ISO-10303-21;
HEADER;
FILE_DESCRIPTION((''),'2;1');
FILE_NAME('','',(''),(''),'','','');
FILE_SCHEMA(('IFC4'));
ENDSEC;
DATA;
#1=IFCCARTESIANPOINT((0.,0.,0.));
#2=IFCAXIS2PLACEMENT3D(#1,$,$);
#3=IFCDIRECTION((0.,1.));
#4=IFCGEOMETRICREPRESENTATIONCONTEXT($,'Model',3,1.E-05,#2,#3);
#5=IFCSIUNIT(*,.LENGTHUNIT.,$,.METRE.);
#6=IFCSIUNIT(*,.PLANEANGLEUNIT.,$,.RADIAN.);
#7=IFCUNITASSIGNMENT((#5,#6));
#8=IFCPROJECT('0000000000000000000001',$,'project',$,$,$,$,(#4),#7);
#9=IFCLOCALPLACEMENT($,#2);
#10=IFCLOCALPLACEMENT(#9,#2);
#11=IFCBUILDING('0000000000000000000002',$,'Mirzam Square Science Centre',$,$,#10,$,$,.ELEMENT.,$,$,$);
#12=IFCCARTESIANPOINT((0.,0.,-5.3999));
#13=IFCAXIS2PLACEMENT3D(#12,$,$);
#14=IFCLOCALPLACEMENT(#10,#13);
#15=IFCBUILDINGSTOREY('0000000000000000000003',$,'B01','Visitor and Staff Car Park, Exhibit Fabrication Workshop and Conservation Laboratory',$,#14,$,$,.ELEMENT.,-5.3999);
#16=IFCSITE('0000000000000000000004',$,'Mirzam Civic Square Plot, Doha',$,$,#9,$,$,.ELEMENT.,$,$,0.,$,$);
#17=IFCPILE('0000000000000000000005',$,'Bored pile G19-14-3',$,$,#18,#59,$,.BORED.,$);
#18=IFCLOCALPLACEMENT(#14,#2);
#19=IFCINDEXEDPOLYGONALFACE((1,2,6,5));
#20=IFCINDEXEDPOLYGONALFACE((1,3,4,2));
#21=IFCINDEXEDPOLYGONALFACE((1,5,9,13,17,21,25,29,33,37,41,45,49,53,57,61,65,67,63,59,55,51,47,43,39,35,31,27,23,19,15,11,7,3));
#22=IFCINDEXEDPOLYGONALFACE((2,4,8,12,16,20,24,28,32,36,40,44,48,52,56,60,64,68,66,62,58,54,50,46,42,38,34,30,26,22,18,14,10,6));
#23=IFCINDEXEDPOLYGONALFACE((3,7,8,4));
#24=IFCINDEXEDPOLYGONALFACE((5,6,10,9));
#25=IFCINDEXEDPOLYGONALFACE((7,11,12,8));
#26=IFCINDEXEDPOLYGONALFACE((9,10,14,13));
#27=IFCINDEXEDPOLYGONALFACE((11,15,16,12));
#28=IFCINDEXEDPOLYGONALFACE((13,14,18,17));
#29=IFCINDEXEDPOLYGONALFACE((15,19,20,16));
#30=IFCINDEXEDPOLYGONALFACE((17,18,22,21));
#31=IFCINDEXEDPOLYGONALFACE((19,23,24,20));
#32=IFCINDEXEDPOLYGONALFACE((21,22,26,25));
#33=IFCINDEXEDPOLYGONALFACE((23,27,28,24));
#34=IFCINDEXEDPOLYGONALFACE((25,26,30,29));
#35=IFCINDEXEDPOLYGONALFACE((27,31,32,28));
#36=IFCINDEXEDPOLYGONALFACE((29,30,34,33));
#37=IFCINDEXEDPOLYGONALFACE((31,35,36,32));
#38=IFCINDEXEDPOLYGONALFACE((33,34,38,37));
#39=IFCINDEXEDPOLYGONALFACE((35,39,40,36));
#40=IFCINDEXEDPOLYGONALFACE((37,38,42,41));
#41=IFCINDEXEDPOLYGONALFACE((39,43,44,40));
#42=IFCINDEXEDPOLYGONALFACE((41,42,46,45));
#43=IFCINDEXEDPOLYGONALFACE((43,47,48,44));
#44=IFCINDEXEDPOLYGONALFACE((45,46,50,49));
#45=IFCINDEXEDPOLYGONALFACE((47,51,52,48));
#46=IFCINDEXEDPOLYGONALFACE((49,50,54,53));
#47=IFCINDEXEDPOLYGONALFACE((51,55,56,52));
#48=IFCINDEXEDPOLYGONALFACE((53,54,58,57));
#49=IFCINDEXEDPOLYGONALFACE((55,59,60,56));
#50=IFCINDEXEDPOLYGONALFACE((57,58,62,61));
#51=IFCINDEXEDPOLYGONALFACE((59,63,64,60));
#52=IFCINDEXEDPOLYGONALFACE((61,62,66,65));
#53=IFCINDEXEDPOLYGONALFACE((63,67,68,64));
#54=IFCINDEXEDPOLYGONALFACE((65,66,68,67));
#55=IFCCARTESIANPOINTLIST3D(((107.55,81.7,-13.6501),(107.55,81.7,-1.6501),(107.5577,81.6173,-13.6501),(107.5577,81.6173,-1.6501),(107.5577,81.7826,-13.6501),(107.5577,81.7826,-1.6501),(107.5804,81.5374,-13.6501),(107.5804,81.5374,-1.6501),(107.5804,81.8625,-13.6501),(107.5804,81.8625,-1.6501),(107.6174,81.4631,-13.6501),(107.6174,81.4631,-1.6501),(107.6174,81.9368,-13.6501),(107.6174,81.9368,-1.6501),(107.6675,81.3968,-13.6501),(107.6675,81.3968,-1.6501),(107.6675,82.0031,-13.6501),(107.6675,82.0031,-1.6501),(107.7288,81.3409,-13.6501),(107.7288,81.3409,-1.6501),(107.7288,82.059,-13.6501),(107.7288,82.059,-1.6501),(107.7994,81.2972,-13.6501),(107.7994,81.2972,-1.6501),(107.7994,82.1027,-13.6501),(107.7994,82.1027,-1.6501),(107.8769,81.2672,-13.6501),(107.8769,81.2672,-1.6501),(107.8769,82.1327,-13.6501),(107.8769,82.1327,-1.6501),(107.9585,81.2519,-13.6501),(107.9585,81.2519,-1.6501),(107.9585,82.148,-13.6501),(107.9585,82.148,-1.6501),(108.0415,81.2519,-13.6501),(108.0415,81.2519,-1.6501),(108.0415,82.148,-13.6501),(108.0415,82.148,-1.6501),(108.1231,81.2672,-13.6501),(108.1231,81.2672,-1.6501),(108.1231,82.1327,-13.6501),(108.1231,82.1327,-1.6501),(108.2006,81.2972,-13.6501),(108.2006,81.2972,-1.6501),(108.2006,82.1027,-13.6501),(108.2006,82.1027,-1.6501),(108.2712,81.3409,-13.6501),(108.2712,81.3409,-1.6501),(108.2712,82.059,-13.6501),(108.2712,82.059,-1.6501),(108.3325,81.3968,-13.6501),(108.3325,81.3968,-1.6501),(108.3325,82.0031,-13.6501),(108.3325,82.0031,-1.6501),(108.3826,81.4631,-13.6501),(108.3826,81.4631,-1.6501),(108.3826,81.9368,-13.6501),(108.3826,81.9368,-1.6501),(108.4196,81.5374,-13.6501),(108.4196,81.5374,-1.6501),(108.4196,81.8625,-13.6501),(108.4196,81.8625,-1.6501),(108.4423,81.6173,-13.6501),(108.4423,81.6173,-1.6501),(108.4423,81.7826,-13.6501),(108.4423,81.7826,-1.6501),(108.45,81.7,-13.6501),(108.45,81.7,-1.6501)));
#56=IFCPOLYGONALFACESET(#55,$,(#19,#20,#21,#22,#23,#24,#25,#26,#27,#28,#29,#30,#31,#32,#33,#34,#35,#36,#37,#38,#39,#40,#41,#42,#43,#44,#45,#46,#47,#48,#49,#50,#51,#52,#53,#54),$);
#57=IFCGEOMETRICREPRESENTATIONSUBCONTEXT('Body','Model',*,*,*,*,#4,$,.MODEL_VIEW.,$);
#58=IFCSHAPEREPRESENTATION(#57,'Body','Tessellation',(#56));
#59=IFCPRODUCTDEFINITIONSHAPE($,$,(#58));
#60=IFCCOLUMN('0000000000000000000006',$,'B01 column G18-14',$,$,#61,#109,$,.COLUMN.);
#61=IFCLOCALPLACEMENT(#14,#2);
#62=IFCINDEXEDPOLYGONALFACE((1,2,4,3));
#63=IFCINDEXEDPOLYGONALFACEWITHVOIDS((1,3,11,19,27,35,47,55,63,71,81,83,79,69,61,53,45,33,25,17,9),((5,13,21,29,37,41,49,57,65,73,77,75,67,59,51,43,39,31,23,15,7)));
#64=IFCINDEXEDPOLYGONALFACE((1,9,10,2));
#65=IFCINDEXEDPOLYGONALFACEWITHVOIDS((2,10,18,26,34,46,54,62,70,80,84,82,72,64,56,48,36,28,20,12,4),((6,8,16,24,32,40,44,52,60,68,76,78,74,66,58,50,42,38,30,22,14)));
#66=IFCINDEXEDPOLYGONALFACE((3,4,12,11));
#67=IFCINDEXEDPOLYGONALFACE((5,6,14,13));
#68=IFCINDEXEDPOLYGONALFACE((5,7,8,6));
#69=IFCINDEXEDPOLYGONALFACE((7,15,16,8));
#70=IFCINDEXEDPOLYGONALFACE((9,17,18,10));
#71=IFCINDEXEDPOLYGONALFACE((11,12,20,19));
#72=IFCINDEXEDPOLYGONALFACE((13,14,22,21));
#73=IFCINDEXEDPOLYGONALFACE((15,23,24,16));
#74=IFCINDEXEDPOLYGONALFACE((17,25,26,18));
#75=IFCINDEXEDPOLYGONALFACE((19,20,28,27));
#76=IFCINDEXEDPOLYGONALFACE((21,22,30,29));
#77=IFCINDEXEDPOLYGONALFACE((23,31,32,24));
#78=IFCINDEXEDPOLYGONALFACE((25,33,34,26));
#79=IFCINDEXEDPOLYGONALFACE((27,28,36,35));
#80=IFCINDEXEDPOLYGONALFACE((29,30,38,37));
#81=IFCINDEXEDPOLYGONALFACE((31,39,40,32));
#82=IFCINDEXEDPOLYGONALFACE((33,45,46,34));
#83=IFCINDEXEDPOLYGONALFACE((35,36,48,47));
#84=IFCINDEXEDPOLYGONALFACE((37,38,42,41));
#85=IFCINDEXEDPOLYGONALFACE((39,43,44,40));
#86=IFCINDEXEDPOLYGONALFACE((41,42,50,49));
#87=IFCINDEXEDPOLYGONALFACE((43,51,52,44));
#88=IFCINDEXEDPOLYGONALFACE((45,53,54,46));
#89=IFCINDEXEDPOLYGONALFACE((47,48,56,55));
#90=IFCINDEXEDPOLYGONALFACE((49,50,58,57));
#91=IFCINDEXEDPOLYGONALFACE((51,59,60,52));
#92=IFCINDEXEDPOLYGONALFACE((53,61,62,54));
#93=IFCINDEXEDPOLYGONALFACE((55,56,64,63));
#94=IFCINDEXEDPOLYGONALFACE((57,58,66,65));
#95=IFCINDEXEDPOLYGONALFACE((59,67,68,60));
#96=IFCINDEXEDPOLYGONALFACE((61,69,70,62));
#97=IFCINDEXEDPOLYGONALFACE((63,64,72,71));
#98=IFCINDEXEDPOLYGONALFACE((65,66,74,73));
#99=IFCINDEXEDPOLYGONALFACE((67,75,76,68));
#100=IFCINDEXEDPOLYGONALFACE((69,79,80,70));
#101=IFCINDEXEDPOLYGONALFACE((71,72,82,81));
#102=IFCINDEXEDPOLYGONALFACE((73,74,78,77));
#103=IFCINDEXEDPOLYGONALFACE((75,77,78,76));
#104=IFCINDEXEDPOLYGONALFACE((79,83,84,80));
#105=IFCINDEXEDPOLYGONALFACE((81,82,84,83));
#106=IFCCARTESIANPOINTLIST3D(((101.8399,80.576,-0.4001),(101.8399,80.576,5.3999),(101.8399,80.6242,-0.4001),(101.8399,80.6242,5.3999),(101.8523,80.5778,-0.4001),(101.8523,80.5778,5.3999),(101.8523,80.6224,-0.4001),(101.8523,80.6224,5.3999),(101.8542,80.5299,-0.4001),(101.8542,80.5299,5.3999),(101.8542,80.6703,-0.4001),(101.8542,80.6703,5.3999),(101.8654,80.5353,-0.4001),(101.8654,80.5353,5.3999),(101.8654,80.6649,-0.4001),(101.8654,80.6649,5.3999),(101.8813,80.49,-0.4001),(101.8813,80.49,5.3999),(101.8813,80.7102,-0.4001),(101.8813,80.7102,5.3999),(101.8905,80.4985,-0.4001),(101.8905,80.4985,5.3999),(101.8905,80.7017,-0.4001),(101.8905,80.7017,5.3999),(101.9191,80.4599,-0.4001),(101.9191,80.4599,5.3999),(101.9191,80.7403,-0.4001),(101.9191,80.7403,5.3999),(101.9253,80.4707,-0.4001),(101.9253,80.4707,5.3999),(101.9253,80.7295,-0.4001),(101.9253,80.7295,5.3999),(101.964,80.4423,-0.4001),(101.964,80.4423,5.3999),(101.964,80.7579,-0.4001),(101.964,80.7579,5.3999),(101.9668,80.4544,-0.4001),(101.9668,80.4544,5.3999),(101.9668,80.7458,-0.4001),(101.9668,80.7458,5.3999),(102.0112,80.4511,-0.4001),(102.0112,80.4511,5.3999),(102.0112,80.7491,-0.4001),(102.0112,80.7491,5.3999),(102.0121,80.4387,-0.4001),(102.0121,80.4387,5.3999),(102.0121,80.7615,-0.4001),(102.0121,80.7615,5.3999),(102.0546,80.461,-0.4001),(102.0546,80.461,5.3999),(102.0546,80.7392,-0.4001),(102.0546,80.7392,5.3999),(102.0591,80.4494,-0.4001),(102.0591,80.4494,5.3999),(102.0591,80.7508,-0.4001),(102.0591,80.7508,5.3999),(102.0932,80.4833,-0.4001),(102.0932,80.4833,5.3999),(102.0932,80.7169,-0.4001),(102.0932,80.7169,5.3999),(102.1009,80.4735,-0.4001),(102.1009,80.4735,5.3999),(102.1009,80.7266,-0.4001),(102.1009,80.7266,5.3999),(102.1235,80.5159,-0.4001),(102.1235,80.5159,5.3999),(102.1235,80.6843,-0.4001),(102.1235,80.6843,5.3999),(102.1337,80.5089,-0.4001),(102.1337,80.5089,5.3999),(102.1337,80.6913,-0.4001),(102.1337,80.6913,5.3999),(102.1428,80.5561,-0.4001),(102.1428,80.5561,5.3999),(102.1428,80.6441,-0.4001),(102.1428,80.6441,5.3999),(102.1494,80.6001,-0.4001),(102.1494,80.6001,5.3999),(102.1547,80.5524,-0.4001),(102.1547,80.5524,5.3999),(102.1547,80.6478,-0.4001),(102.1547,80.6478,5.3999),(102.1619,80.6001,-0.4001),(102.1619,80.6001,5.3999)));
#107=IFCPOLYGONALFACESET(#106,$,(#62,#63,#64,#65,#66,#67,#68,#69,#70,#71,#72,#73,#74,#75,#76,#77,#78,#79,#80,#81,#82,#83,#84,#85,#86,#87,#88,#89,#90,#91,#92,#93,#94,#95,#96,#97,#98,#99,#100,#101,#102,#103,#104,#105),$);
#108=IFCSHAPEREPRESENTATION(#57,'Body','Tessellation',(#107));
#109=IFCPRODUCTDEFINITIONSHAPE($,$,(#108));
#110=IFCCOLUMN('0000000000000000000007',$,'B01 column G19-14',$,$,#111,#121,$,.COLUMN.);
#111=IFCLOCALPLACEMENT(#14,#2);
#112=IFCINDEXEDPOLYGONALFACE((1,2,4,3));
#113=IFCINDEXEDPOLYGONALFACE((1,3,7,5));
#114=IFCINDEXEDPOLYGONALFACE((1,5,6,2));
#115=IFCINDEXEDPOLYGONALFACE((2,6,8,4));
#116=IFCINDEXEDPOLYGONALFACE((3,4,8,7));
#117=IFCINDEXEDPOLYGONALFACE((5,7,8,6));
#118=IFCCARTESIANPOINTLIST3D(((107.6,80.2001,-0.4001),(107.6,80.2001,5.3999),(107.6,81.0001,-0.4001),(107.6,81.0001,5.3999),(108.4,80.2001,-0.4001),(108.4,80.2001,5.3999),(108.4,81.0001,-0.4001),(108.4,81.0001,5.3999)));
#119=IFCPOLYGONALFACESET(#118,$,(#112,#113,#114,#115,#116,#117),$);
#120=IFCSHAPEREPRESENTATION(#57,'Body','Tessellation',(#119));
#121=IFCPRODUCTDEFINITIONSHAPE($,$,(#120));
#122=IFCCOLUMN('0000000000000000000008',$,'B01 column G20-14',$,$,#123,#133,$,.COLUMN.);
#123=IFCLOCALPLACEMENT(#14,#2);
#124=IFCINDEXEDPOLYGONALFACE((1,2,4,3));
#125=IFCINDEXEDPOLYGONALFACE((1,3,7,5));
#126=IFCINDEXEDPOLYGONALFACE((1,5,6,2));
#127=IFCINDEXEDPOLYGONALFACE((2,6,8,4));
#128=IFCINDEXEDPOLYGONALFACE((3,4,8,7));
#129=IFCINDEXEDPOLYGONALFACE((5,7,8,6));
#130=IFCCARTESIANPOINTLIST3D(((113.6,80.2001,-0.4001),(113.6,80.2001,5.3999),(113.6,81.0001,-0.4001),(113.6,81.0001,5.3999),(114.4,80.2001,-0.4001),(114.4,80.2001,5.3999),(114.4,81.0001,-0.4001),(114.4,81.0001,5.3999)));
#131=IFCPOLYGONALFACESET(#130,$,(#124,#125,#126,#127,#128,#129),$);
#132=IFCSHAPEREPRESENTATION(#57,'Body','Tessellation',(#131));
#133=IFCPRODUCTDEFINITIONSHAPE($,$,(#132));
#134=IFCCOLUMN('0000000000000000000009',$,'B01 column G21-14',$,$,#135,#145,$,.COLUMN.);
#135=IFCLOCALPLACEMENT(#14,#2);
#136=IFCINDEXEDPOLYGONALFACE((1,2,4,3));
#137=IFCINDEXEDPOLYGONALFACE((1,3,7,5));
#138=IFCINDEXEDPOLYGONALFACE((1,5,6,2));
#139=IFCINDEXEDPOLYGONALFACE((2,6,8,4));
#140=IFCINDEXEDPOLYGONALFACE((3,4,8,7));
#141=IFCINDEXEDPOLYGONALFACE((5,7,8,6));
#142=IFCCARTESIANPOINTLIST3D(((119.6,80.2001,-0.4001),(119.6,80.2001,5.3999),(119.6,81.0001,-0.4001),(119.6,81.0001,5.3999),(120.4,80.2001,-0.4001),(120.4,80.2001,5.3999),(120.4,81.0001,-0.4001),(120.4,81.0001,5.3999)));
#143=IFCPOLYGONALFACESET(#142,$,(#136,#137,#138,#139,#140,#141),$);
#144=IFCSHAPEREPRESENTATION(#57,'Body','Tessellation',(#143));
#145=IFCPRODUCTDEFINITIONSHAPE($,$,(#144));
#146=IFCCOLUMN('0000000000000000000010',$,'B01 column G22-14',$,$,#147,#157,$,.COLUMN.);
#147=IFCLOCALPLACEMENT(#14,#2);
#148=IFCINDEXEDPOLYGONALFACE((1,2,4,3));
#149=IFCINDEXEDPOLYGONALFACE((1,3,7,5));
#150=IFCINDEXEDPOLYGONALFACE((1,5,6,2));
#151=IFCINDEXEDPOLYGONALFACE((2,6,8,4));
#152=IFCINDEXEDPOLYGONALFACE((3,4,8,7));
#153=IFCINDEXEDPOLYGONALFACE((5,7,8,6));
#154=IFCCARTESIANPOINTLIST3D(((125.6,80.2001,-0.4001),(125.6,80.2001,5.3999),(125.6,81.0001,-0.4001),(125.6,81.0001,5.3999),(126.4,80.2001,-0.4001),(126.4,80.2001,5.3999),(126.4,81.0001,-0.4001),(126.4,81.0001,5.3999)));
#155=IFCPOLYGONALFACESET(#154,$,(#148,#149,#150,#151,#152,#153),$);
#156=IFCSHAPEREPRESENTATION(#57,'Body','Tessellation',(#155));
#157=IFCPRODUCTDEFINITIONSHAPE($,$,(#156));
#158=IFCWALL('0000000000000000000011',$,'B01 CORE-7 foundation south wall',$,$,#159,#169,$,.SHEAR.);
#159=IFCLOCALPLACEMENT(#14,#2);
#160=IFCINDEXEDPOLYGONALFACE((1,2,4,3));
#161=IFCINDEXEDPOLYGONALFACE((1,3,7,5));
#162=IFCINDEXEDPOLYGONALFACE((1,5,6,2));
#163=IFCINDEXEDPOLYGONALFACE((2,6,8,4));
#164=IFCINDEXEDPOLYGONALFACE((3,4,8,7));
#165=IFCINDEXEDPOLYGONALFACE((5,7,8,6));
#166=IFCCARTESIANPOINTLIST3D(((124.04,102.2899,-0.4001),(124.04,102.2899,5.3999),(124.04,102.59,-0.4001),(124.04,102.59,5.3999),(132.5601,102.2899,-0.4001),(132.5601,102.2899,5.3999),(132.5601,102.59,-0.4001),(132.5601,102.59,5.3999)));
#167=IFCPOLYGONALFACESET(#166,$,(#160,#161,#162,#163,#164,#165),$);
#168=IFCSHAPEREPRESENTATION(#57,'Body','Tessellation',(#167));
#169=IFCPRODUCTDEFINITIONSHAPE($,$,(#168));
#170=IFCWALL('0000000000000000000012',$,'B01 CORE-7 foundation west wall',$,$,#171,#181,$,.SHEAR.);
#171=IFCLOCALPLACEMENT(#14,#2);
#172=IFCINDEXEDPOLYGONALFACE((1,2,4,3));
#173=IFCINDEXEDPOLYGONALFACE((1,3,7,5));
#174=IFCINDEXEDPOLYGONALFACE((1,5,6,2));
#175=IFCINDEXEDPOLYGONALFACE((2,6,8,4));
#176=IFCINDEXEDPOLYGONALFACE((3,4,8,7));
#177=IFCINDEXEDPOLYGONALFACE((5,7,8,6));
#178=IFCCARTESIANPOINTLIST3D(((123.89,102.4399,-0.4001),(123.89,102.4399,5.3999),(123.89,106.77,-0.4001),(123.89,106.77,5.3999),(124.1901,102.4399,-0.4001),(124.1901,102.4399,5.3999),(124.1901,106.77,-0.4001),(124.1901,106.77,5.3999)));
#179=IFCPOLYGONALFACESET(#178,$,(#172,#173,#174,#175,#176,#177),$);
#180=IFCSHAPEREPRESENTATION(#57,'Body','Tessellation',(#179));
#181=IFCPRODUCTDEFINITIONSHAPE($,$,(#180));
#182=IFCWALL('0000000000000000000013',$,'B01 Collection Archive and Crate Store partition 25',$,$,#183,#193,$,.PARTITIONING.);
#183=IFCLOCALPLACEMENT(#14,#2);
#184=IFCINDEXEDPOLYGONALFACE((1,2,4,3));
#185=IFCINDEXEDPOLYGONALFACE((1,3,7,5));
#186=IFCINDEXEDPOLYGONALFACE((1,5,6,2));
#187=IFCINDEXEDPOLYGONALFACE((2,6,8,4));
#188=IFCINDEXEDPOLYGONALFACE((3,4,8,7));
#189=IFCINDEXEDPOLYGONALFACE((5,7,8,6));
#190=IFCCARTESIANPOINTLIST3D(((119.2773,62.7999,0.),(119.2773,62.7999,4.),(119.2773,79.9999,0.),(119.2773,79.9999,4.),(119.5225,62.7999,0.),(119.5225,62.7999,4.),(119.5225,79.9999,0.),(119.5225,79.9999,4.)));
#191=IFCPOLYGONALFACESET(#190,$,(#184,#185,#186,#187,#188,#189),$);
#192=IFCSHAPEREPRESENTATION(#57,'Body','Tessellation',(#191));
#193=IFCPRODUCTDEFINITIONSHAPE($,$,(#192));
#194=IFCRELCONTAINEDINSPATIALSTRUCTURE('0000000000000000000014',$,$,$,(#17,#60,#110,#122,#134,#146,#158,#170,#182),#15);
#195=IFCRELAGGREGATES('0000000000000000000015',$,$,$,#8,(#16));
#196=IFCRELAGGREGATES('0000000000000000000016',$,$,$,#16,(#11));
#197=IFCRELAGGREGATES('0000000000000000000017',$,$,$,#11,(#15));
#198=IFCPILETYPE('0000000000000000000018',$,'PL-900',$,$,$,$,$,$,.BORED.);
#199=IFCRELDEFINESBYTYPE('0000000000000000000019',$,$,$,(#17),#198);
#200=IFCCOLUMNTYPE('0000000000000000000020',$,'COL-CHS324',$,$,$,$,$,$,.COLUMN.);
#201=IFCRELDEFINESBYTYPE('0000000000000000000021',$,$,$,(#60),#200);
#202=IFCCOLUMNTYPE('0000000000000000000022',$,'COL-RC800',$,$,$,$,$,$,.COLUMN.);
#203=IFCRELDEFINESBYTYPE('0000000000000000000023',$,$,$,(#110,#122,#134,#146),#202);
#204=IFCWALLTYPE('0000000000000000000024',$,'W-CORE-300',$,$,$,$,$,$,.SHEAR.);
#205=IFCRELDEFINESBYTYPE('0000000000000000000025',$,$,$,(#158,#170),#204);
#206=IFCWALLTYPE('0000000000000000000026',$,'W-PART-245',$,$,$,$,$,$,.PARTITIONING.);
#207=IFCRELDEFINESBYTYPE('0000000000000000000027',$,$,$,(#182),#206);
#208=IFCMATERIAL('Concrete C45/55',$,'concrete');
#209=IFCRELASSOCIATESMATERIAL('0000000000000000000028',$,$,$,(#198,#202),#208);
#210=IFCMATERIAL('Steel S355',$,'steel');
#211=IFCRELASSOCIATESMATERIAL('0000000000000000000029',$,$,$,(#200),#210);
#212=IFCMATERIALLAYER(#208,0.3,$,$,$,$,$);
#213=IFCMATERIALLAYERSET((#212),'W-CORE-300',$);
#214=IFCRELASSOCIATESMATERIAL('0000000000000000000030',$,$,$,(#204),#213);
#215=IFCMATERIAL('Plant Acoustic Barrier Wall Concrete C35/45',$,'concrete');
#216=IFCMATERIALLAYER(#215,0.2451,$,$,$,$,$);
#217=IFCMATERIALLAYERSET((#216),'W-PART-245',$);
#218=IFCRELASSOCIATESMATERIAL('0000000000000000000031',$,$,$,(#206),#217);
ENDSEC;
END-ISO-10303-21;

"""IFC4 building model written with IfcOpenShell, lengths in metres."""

from ifc_helpers import new_model, si_unit, direction, frame, frame_2d, origin, origin_2d, place, context, subcontext, project, spatial, rectangle, circle, hollow_circle, extrude, material, layer, layer_set, material_profile, profile_set, type_object, element, save


model = new_model("IFC4")

# Units and contexts
model_context = context("Model", 3, precision=1e-05, world=origin(), true_north=direction((0.0, 1.0)))
body_context = subcontext(model_context, "Body", "Model", "MODEL_VIEW")
ifc_project = project(units=[si_unit("LENGTHUNIT", "METRE"), si_unit("PLANEANGLEUNIT", "RADIAN")], contexts=[model_context])

# Site, building, storey
site_placement = place(None, origin())
site = spatial("IfcSite", under=ifc_project, at=site_placement, Name="Mirzam Civic Square Plot, Doha", CompositionType="ELEMENT", RefElevation=0.0)
building_placement = place(site_placement, origin())
building = spatial("IfcBuilding", under=site, at=building_placement, Name="Mirzam Square Science Centre", CompositionType="ELEMENT")
storey_placement = place(building_placement, frame((0.0, 0.0, -5.3999)))
storey = spatial("IfcBuildingStorey", under=building, at=storey_placement, Name="B01", Description="Visitor and Staff Car Park, Exhibit Fabrication Workshop and Conservation Laboratory", CompositionType="ELEMENT", Elevation=-5.3999)

# Shared definitions
ifc_material_1 = material(Name="Concrete C45/55", Category="concrete")

# Pile
ifc_material_profile_1 = material_profile(ifc_material_1, circle(Radius=0.45, at=origin_2d()), Name="PILE-D900")
ifc_profile_set_1 = profile_set([ifc_material_profile_1], Name="Concrete C45/55")
pile_type_1 = type_object("IfcPileType", Name="PL-900", PredefinedType="BORED", material=ifc_profile_set_1)
for number, where, z_axis, x_axis, name in (
    (1, (108.0, 81.7, -1.6501), (0.0, 0.0, -1.0), (1.0, 0.0, 0.0), "Bored pile G19-14-3"),
):
    element("IfcPile", number, at=place(storey_placement, frame(where, z_axis=z_axis, x_axis=x_axis)), inside=storey, type_object=pile_type_1, Name=name, PredefinedType="BORED", context=body_context, shape_type="SweptSolid", body=[
        extrude(circle(Radius=0.45, at=origin_2d()), origin(), (0.0, 0.0, 1.0), 12.0),
    ])

# Columns
ifc_material_2 = material(Name="Steel S355", Category="steel")
ifc_material_profile_2 = material_profile(ifc_material_2, hollow_circle(Radius=0.1619, WallThickness=0.0125, at=origin_2d()), Name="323.9x12.5CHS")
ifc_profile_set_2 = profile_set([ifc_material_profile_2], Name="Steel S355")
column_type_1 = type_object("IfcColumnType", Name="COL-CHS324", PredefinedType="COLUMN", material=ifc_profile_set_2)
column_placement = place(storey_placement, frame((102.0, 80.6001, -0.4001), z_axis=(0.0, 0.0, 1.0), x_axis=(1.0, 0.0, 0.0)))
element("IfcColumn", 2, at=column_placement, inside=storey, type_object=column_type_1, Name="B01 column G18-14", PredefinedType="COLUMN", context=body_context, shape_type="SweptSolid", body=[
    extrude(hollow_circle(Radius=0.1619, WallThickness=0.0125, at=origin_2d()), origin(), (0.0, 0.0, 1.0), 5.8),
])
ifc_material_profile_3 = material_profile(ifc_material_1, rectangle(XDim=0.8, YDim=0.8, at=origin_2d()), Name="RC800x800")
ifc_profile_set_3 = profile_set([ifc_material_profile_3], Name="Concrete C45/55")
column_type_2 = type_object("IfcColumnType", Name="COL-RC800", PredefinedType="COLUMN", material=ifc_profile_set_3)
for number, where, z_axis, x_axis, name in (
    (3, (108.0, 80.6001, -0.4001), (0.0, 0.0, 1.0), (1.0, 0.0, 0.0), "B01 column G19-14"),
    (4, (114.0, 80.6001, -0.4001), (0.0, 0.0, 1.0), (1.0, 0.0, 0.0), "B01 column G20-14"),
    (5, (120.0, 80.6001, -0.4001), (0.0, 0.0, 1.0), (1.0, 0.0, 0.0), "B01 column G21-14"),
    (6, (126.0, 80.6001, -0.4001), (0.0, 0.0, 1.0), (1.0, 0.0, 0.0), "B01 column G22-14"),
):
    element("IfcColumn", number, at=place(storey_placement, frame(where, z_axis=z_axis, x_axis=x_axis)), inside=storey, type_object=column_type_2, Name=name, PredefinedType="COLUMN", context=body_context, shape_type="SweptSolid", body=[
        extrude(rectangle(XDim=0.8, YDim=0.8, at=origin_2d()), origin(), (0.0, 0.0, 1.0), 5.8),
    ])

# Walls
ifc_layer_1 = layer(ifc_material_1, 0.3)
ifc_layer_set_1 = layer_set([ifc_layer_1], Name="W-CORE-300")
wall_type_1 = type_object("IfcWallType", Name="W-CORE-300", PredefinedType="SHEAR", material=ifc_layer_set_1)
wall_1_placement = place(storey_placement, frame((124.04, 102.4399, -0.4001), z_axis=(0.0, 0.0, 1.0), x_axis=(1.0, 0.0, 0.0)))
element("IfcWall", 7, at=wall_1_placement, inside=storey, type_object=wall_type_1, Name="B01 CORE-7 foundation south wall", PredefinedType="SHEAR", context=body_context, shape_type="SweptSolid", body=[
    extrude(rectangle(XDim=8.52, YDim=0.3, at=frame_2d((4.26, 0.0))), origin(), (0.0, 0.0, 1.0), 5.8),
])
wall_2_placement = place(storey_placement, frame((124.04, 106.77, -0.4001), z_axis=(0.0, 0.0, 1.0), x_axis=(0.0, -1.0, 0.0)))
element("IfcWall", 8, at=wall_2_placement, inside=storey, type_object=wall_type_1, Name="B01 CORE-7 foundation west wall", PredefinedType="SHEAR", context=body_context, shape_type="SweptSolid", body=[
    extrude(rectangle(XDim=4.3301, YDim=0.3, at=frame_2d((2.165, 0.0))), origin(), (0.0, 0.0, 1.0), 5.8),
])
ifc_material_3 = material(Name="Plant Acoustic Barrier Wall Concrete C35/45", Category="concrete")
ifc_layer_2 = layer(ifc_material_3, 0.2451)
ifc_layer_set_2 = layer_set([ifc_layer_2], Name="W-PART-245")
wall_type_2 = type_object("IfcWallType", Name="W-PART-245", PredefinedType="PARTITIONING", material=ifc_layer_set_2)
wall_3_placement = place(storey_placement, frame((119.3999, 80.0, 0.0), z_axis=(0.0, 0.0, 1.0), x_axis=(0.0, -1.0, 0.0)))
element("IfcWall", 9, at=wall_3_placement, inside=storey, type_object=wall_type_2, Name="B01 Collection Archive and Crate Store partition 25", PredefinedType="PARTITIONING", context=body_context, shape_type="SweptSolid", body=[
    extrude(rectangle(XDim=17.2, YDim=0.2451, at=frame_2d((8.6001, 0.0))), origin(), (0.0, 0.0, 1.0), 4.0),
])

save(model, "model.ifc")
